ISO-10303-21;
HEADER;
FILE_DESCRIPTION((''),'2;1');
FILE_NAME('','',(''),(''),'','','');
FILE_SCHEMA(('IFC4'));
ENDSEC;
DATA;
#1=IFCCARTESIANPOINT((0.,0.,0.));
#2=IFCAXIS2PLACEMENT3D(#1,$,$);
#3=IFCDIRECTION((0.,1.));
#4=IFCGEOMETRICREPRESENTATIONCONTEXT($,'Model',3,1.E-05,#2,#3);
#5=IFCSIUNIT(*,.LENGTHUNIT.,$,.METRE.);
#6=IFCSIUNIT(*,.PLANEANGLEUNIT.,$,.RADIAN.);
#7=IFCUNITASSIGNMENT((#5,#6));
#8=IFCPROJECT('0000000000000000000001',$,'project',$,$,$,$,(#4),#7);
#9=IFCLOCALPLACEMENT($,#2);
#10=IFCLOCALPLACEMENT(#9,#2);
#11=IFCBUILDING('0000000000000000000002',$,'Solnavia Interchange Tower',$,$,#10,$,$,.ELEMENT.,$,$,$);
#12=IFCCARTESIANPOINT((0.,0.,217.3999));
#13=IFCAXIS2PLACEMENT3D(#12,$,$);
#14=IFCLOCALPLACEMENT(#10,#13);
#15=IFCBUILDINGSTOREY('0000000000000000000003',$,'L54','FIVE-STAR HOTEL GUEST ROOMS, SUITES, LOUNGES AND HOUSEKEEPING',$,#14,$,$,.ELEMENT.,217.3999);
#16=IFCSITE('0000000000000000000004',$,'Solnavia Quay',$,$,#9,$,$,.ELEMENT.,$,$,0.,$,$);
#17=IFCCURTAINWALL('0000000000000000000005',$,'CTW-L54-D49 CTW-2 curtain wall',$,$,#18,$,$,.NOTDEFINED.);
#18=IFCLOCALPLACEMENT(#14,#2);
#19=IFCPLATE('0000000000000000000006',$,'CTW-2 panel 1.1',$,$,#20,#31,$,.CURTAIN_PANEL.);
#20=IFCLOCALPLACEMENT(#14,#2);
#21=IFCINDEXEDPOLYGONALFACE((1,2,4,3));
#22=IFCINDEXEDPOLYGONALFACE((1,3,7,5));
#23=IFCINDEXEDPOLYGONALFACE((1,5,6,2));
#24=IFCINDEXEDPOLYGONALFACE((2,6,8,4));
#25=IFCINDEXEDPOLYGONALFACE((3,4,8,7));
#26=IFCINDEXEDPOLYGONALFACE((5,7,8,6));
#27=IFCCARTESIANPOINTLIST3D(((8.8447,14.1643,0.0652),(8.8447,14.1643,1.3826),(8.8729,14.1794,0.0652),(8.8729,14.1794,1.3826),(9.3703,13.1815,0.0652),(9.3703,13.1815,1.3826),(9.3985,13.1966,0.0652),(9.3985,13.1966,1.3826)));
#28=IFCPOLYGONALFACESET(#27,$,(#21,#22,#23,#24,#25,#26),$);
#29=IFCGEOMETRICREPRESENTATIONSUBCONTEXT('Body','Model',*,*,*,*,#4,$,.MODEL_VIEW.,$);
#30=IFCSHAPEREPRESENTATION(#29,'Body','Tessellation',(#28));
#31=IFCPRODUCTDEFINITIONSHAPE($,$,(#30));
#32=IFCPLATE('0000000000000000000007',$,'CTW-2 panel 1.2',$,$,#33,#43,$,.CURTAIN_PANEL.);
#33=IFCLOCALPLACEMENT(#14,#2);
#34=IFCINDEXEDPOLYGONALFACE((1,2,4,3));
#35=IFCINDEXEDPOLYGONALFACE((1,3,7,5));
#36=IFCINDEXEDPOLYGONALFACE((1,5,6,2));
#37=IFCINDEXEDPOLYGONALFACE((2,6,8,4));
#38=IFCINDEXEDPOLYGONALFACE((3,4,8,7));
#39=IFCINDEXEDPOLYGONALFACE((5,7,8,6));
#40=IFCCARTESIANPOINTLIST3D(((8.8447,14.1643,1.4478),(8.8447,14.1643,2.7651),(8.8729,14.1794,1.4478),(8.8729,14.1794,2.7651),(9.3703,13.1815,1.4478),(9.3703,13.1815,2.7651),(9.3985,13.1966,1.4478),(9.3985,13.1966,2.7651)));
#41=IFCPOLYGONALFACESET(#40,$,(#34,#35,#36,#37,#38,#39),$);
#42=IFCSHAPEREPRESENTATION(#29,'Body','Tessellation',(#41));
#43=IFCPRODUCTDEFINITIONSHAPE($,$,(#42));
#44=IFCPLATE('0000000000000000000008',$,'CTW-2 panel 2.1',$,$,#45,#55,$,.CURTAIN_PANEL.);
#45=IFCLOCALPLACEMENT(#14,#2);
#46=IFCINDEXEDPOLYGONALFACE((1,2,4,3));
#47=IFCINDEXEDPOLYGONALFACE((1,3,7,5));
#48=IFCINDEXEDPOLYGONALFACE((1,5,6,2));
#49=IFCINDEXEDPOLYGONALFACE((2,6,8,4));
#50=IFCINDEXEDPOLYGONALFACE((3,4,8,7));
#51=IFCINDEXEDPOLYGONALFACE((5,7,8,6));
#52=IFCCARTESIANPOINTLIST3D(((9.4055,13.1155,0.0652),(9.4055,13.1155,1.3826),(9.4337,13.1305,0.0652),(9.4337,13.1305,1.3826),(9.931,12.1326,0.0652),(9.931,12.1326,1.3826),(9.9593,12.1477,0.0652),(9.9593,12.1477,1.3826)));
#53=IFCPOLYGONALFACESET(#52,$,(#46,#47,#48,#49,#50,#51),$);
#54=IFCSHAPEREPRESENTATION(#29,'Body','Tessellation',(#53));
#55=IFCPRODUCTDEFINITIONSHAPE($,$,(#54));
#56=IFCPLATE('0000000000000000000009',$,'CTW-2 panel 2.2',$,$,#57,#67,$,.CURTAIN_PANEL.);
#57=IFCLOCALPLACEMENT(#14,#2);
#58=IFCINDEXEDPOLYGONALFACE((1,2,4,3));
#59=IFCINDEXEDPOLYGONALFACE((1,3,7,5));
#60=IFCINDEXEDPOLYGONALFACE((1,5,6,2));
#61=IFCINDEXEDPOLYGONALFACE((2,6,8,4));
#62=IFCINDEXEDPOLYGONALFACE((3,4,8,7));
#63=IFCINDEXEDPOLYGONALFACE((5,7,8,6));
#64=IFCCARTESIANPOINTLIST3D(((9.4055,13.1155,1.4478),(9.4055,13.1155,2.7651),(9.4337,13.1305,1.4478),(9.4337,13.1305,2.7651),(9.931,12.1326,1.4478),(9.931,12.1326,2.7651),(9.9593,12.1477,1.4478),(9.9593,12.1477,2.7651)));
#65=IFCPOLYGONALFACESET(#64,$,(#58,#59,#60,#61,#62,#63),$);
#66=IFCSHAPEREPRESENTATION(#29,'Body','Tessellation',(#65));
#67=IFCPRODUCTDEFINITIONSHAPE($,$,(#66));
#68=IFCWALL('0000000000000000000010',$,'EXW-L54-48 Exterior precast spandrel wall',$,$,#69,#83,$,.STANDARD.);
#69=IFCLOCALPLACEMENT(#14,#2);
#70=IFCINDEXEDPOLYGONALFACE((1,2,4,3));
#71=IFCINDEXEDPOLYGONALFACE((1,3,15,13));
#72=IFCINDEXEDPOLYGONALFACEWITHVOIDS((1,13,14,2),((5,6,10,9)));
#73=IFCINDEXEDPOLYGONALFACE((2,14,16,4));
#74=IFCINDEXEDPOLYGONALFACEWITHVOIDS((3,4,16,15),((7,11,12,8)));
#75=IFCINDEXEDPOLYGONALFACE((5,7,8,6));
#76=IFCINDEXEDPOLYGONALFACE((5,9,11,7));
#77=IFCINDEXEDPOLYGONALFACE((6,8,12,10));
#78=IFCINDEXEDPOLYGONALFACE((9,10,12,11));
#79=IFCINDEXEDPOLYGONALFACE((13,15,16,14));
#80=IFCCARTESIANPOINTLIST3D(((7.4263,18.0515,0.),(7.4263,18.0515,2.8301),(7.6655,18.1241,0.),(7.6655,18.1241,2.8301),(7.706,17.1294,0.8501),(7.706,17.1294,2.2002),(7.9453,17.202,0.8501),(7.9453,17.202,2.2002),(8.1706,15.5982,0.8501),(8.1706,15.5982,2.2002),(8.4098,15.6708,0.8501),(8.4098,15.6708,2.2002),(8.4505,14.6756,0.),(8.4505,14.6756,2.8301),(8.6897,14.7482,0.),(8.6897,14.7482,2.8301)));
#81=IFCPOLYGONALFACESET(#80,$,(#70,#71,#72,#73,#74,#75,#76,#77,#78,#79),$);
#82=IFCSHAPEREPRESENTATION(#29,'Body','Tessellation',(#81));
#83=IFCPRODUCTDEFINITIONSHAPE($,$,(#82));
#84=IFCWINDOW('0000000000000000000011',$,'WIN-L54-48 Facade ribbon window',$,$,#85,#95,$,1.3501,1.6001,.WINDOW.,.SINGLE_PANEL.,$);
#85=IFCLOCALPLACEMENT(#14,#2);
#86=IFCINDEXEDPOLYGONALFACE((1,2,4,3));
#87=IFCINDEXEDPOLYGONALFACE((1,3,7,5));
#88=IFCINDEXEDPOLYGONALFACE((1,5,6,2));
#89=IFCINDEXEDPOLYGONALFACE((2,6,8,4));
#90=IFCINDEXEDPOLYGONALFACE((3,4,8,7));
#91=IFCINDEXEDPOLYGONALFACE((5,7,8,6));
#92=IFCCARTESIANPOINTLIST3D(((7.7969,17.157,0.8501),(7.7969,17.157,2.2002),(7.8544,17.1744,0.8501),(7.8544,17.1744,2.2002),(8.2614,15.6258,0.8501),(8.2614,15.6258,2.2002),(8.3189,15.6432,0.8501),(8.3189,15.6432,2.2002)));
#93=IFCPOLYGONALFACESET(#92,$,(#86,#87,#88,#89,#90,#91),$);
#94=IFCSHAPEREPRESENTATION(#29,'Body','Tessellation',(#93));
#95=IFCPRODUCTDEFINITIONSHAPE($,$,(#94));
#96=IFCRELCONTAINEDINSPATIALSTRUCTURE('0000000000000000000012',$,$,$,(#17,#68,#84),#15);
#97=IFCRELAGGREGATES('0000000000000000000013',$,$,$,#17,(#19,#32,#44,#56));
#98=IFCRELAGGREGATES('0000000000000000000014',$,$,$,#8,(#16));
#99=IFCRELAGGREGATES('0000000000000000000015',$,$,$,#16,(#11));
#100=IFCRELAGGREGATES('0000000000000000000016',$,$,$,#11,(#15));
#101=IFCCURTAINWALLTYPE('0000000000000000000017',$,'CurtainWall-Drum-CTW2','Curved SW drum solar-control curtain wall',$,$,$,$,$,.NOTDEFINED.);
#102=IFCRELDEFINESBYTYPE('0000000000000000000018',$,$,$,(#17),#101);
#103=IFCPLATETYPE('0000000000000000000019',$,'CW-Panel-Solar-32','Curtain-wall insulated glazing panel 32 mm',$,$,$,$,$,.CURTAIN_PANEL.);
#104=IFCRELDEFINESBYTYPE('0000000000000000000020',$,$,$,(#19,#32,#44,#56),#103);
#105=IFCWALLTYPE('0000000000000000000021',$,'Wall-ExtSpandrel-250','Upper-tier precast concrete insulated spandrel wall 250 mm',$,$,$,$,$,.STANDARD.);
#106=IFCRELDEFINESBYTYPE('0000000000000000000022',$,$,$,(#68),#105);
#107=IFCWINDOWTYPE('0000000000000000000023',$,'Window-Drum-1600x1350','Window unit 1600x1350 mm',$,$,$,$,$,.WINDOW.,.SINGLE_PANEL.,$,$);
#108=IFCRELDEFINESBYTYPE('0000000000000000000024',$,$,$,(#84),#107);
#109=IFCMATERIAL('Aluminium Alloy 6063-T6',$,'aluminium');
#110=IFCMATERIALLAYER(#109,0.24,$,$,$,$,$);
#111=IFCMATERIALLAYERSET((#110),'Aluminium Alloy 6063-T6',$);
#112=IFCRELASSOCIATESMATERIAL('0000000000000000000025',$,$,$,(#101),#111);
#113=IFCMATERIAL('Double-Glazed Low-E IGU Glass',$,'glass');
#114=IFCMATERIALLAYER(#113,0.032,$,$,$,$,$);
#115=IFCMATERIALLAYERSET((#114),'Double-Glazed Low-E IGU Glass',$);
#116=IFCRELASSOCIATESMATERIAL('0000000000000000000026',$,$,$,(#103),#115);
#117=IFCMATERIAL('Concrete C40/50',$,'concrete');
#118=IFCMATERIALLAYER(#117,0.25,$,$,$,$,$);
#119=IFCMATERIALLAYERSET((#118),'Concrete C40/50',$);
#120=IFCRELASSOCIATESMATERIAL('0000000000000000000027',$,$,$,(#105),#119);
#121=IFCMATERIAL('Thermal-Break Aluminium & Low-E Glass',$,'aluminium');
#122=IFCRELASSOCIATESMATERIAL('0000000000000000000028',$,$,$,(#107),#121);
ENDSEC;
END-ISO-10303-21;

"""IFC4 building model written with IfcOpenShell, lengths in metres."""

from ifc_helpers import new_model, si_unit, direction, frame, frame_2d, origin, origin_2d, place, context, subcontext, project, spatial, rectangle, extrude, material, layer, layer_set, type_object, element, fill, aggregate, save


model = new_model("IFC4")

# Units and contexts
model_context = context("Model", 3, precision=1e-05, world=origin(), true_north=direction((0.0, 1.0)))
body_context = subcontext(model_context, "Body", "Model", "MODEL_VIEW")
ifc_project = project(units=[si_unit("LENGTHUNIT", "METRE"), si_unit("PLANEANGLEUNIT", "RADIAN")], contexts=[model_context])

# Site, building, storey
site_placement = place(None, origin())
site = spatial("IfcSite", under=ifc_project, at=site_placement, Name="Solnavia Quay", CompositionType="ELEMENT", RefElevation=0.0)
building_placement = place(site_placement, origin())
building = spatial("IfcBuilding", under=site, at=building_placement, Name="Solnavia Interchange Tower", CompositionType="ELEMENT")
storey_placement = place(building_placement, frame((0.0, 0.0, 217.3999)))
storey = spatial("IfcBuildingStorey", under=building, at=storey_placement, Name="L54", Description="FIVE-STAR HOTEL GUEST ROOMS, SUITES, LOUNGES AND HOUSEKEEPING", CompositionType="ELEMENT", Elevation=217.3999)

# Curtain wall, plates
ifc_material_1 = material(Name="Aluminium Alloy 6063-T6", Category="aluminium")
ifc_layer_1 = layer(ifc_material_1, 0.24)
ifc_layer_set_1 = layer_set([ifc_layer_1], Name="Aluminium Alloy 6063-T6")
curtain_wall_type = type_object("IfcCurtainWallType", Name="CurtainWall-Drum-CTW2", Description="Curved SW drum solar-control curtain wall", PredefinedType="NOTDEFINED", material=ifc_layer_set_1)
curtain_wall_placement = place(storey_placement, origin())
curtain_wall = element("IfcCurtainWall", 1, at=curtain_wall_placement, inside=storey, type_object=curtain_wall_type, Name="CTW-L54-D49 CTW-2 curtain wall", PredefinedType="NOTDEFINED")
ifc_material_2 = material(Name="Double-Glazed Low-E IGU Glass", Category="glass")
ifc_layer_2 = layer(ifc_material_2, 0.032)
ifc_layer_set_2 = layer_set([ifc_layer_2], Name="Double-Glazed Low-E IGU Glass")
plate_type = type_object("IfcPlateType", Name="CW-Panel-Solar-32", Description="Curtain-wall insulated glazing panel 32 mm", PredefinedType="CURTAIN_PANEL", material=ifc_layer_set_2)
plate_1_placement = place(storey_placement, frame((9.1216, 13.6804, 0.0652), z_axis=(0.0, 0.0, 1.0), x_axis=(0.471561, -0.881834, 0.0)))
plate_1 = element("IfcPlate", 2, at=plate_1_placement, type_object=plate_type, Name="CTW-2 panel 1.1", PredefinedType="CURTAIN_PANEL", context=body_context, shape_type="SweptSolid", body=[
    extrude(rectangle(XDim=1.1145, YDim=0.032, at=origin_2d()), origin(), (0.0, 0.0, 1.0), 1.3174),
])
plate_2_placement = place(storey_placement, frame((9.1216, 13.6804, 1.4478), z_axis=(0.0, 0.0, 1.0), x_axis=(0.471561, -0.881834, 0.0)))
plate_2 = element("IfcPlate", 3, at=plate_2_placement, type_object=plate_type, Name="CTW-2 panel 1.2", PredefinedType="CURTAIN_PANEL", context=body_context, shape_type="SweptSolid", body=[
    extrude(rectangle(XDim=1.1145, YDim=0.032, at=origin_2d()), origin(), (0.0, 0.0, 1.0), 1.3174),
])
plate_3_placement = place(storey_placement, frame((9.6824, 12.6316, 0.0652), z_axis=(0.0, 0.0, 1.0), x_axis=(0.471561, -0.881834, 0.0)))
plate_3 = element("IfcPlate", 4, at=plate_3_placement, type_object=plate_type, Name="CTW-2 panel 2.1", PredefinedType="CURTAIN_PANEL", context=body_context, shape_type="SweptSolid", body=[
    extrude(rectangle(XDim=1.1145, YDim=0.032, at=origin_2d()), origin(), (0.0, 0.0, 1.0), 1.3174),
])
plate_4_placement = place(storey_placement, frame((9.6824, 12.6316, 1.4478), z_axis=(0.0, 0.0, 1.0), x_axis=(0.471561, -0.881834, 0.0)))
plate_4 = element("IfcPlate", 5, at=plate_4_placement, type_object=plate_type, Name="CTW-2 panel 2.2", PredefinedType="CURTAIN_PANEL", context=body_context, shape_type="SweptSolid", body=[
    extrude(rectangle(XDim=1.1145, YDim=0.032, at=origin_2d()), origin(), (0.0, 0.0, 1.0), 1.3174),
])
aggregate(curtain_wall, [plate_1, plate_2, plate_3, plate_4])

# Wall, opening, window
ifc_material_3 = material(Name="Concrete C40/50", Category="concrete")
ifc_layer_3 = layer(ifc_material_3, 0.25)
ifc_layer_set_3 = layer_set([ifc_layer_3], Name="Concrete C40/50")
wall_type = type_object("IfcWallType", Name="Wall-ExtSpandrel-250", Description="Upper-tier precast concrete insulated spandrel wall 250 mm", PredefinedType="STANDARD", material=ifc_layer_set_3)
wall_placement = place(storey_placement, frame((8.5701, 14.7119, 0.0), z_axis=(0.0, 0.0, 1.0), x_axis=(-0.290305, 0.956934, 0.0)))
wall = element("IfcWall", 6, at=wall_placement, inside=storey, type_object=wall_type, Name="EXW-L54-48 Exterior precast spandrel wall", PredefinedType="STANDARD", context=body_context, shape_type="SweptSolid", body=[
    extrude(rectangle(XDim=3.5278, YDim=0.25, at=frame_2d((1.7639, 0.0))), origin(), (0.0, 0.0, 1.0), 2.8301),
])
opening_placement = place(wall_placement, frame((0.9641, 0.0, 0.8501)))
opening = element("IfcOpeningElement", 7, at=opening_placement, cuts=wall, PredefinedType="OPENING", context=body_context, shape_type="SweptSolid", body=[
    extrude(rectangle(XDim=1.6001, YDim=1.3501, at=frame_2d((0.8, 0.675))), frame((0.0, 0.135, 0.0), z_axis=(0.0, -1.0, 0.0), x_axis=(1.0, 0.0, 0.0)), (0.0, 0.0, 1.0), 0.27),
])
ifc_material_4 = material(Name="Thermal-Break Aluminium & Low-E Glass", Category="aluminium")
window_type = type_object("IfcWindowType", Name="Window-Drum-1600x1350", Description="Window unit 1600x1350 mm", PartitioningType="SINGLE_PANEL", PredefinedType="WINDOW", material=ifc_material_4)
window_placement = place(opening_placement, origin())
window = element("IfcWindow", 8, at=window_placement, inside=storey, type_object=window_type, Name="WIN-L54-48 Facade ribbon window", OverallHeight=1.3501, OverallWidth=1.6001, PartitioningType="SINGLE_PANEL", PredefinedType="WINDOW", context=body_context, shape_type="SweptSolid", body=[
    extrude(rectangle(XDim=1.6001, YDim=1.3501, at=frame_2d((0.8, 0.675))), frame((0.0, 0.03, 0.0), z_axis=(0.0, -1.0, 0.0), x_axis=(1.0, 0.0, 0.0)), (0.0, 0.0, 1.0), 0.0601),
])
fill(opening, window)

save(model, "model.ifc")
